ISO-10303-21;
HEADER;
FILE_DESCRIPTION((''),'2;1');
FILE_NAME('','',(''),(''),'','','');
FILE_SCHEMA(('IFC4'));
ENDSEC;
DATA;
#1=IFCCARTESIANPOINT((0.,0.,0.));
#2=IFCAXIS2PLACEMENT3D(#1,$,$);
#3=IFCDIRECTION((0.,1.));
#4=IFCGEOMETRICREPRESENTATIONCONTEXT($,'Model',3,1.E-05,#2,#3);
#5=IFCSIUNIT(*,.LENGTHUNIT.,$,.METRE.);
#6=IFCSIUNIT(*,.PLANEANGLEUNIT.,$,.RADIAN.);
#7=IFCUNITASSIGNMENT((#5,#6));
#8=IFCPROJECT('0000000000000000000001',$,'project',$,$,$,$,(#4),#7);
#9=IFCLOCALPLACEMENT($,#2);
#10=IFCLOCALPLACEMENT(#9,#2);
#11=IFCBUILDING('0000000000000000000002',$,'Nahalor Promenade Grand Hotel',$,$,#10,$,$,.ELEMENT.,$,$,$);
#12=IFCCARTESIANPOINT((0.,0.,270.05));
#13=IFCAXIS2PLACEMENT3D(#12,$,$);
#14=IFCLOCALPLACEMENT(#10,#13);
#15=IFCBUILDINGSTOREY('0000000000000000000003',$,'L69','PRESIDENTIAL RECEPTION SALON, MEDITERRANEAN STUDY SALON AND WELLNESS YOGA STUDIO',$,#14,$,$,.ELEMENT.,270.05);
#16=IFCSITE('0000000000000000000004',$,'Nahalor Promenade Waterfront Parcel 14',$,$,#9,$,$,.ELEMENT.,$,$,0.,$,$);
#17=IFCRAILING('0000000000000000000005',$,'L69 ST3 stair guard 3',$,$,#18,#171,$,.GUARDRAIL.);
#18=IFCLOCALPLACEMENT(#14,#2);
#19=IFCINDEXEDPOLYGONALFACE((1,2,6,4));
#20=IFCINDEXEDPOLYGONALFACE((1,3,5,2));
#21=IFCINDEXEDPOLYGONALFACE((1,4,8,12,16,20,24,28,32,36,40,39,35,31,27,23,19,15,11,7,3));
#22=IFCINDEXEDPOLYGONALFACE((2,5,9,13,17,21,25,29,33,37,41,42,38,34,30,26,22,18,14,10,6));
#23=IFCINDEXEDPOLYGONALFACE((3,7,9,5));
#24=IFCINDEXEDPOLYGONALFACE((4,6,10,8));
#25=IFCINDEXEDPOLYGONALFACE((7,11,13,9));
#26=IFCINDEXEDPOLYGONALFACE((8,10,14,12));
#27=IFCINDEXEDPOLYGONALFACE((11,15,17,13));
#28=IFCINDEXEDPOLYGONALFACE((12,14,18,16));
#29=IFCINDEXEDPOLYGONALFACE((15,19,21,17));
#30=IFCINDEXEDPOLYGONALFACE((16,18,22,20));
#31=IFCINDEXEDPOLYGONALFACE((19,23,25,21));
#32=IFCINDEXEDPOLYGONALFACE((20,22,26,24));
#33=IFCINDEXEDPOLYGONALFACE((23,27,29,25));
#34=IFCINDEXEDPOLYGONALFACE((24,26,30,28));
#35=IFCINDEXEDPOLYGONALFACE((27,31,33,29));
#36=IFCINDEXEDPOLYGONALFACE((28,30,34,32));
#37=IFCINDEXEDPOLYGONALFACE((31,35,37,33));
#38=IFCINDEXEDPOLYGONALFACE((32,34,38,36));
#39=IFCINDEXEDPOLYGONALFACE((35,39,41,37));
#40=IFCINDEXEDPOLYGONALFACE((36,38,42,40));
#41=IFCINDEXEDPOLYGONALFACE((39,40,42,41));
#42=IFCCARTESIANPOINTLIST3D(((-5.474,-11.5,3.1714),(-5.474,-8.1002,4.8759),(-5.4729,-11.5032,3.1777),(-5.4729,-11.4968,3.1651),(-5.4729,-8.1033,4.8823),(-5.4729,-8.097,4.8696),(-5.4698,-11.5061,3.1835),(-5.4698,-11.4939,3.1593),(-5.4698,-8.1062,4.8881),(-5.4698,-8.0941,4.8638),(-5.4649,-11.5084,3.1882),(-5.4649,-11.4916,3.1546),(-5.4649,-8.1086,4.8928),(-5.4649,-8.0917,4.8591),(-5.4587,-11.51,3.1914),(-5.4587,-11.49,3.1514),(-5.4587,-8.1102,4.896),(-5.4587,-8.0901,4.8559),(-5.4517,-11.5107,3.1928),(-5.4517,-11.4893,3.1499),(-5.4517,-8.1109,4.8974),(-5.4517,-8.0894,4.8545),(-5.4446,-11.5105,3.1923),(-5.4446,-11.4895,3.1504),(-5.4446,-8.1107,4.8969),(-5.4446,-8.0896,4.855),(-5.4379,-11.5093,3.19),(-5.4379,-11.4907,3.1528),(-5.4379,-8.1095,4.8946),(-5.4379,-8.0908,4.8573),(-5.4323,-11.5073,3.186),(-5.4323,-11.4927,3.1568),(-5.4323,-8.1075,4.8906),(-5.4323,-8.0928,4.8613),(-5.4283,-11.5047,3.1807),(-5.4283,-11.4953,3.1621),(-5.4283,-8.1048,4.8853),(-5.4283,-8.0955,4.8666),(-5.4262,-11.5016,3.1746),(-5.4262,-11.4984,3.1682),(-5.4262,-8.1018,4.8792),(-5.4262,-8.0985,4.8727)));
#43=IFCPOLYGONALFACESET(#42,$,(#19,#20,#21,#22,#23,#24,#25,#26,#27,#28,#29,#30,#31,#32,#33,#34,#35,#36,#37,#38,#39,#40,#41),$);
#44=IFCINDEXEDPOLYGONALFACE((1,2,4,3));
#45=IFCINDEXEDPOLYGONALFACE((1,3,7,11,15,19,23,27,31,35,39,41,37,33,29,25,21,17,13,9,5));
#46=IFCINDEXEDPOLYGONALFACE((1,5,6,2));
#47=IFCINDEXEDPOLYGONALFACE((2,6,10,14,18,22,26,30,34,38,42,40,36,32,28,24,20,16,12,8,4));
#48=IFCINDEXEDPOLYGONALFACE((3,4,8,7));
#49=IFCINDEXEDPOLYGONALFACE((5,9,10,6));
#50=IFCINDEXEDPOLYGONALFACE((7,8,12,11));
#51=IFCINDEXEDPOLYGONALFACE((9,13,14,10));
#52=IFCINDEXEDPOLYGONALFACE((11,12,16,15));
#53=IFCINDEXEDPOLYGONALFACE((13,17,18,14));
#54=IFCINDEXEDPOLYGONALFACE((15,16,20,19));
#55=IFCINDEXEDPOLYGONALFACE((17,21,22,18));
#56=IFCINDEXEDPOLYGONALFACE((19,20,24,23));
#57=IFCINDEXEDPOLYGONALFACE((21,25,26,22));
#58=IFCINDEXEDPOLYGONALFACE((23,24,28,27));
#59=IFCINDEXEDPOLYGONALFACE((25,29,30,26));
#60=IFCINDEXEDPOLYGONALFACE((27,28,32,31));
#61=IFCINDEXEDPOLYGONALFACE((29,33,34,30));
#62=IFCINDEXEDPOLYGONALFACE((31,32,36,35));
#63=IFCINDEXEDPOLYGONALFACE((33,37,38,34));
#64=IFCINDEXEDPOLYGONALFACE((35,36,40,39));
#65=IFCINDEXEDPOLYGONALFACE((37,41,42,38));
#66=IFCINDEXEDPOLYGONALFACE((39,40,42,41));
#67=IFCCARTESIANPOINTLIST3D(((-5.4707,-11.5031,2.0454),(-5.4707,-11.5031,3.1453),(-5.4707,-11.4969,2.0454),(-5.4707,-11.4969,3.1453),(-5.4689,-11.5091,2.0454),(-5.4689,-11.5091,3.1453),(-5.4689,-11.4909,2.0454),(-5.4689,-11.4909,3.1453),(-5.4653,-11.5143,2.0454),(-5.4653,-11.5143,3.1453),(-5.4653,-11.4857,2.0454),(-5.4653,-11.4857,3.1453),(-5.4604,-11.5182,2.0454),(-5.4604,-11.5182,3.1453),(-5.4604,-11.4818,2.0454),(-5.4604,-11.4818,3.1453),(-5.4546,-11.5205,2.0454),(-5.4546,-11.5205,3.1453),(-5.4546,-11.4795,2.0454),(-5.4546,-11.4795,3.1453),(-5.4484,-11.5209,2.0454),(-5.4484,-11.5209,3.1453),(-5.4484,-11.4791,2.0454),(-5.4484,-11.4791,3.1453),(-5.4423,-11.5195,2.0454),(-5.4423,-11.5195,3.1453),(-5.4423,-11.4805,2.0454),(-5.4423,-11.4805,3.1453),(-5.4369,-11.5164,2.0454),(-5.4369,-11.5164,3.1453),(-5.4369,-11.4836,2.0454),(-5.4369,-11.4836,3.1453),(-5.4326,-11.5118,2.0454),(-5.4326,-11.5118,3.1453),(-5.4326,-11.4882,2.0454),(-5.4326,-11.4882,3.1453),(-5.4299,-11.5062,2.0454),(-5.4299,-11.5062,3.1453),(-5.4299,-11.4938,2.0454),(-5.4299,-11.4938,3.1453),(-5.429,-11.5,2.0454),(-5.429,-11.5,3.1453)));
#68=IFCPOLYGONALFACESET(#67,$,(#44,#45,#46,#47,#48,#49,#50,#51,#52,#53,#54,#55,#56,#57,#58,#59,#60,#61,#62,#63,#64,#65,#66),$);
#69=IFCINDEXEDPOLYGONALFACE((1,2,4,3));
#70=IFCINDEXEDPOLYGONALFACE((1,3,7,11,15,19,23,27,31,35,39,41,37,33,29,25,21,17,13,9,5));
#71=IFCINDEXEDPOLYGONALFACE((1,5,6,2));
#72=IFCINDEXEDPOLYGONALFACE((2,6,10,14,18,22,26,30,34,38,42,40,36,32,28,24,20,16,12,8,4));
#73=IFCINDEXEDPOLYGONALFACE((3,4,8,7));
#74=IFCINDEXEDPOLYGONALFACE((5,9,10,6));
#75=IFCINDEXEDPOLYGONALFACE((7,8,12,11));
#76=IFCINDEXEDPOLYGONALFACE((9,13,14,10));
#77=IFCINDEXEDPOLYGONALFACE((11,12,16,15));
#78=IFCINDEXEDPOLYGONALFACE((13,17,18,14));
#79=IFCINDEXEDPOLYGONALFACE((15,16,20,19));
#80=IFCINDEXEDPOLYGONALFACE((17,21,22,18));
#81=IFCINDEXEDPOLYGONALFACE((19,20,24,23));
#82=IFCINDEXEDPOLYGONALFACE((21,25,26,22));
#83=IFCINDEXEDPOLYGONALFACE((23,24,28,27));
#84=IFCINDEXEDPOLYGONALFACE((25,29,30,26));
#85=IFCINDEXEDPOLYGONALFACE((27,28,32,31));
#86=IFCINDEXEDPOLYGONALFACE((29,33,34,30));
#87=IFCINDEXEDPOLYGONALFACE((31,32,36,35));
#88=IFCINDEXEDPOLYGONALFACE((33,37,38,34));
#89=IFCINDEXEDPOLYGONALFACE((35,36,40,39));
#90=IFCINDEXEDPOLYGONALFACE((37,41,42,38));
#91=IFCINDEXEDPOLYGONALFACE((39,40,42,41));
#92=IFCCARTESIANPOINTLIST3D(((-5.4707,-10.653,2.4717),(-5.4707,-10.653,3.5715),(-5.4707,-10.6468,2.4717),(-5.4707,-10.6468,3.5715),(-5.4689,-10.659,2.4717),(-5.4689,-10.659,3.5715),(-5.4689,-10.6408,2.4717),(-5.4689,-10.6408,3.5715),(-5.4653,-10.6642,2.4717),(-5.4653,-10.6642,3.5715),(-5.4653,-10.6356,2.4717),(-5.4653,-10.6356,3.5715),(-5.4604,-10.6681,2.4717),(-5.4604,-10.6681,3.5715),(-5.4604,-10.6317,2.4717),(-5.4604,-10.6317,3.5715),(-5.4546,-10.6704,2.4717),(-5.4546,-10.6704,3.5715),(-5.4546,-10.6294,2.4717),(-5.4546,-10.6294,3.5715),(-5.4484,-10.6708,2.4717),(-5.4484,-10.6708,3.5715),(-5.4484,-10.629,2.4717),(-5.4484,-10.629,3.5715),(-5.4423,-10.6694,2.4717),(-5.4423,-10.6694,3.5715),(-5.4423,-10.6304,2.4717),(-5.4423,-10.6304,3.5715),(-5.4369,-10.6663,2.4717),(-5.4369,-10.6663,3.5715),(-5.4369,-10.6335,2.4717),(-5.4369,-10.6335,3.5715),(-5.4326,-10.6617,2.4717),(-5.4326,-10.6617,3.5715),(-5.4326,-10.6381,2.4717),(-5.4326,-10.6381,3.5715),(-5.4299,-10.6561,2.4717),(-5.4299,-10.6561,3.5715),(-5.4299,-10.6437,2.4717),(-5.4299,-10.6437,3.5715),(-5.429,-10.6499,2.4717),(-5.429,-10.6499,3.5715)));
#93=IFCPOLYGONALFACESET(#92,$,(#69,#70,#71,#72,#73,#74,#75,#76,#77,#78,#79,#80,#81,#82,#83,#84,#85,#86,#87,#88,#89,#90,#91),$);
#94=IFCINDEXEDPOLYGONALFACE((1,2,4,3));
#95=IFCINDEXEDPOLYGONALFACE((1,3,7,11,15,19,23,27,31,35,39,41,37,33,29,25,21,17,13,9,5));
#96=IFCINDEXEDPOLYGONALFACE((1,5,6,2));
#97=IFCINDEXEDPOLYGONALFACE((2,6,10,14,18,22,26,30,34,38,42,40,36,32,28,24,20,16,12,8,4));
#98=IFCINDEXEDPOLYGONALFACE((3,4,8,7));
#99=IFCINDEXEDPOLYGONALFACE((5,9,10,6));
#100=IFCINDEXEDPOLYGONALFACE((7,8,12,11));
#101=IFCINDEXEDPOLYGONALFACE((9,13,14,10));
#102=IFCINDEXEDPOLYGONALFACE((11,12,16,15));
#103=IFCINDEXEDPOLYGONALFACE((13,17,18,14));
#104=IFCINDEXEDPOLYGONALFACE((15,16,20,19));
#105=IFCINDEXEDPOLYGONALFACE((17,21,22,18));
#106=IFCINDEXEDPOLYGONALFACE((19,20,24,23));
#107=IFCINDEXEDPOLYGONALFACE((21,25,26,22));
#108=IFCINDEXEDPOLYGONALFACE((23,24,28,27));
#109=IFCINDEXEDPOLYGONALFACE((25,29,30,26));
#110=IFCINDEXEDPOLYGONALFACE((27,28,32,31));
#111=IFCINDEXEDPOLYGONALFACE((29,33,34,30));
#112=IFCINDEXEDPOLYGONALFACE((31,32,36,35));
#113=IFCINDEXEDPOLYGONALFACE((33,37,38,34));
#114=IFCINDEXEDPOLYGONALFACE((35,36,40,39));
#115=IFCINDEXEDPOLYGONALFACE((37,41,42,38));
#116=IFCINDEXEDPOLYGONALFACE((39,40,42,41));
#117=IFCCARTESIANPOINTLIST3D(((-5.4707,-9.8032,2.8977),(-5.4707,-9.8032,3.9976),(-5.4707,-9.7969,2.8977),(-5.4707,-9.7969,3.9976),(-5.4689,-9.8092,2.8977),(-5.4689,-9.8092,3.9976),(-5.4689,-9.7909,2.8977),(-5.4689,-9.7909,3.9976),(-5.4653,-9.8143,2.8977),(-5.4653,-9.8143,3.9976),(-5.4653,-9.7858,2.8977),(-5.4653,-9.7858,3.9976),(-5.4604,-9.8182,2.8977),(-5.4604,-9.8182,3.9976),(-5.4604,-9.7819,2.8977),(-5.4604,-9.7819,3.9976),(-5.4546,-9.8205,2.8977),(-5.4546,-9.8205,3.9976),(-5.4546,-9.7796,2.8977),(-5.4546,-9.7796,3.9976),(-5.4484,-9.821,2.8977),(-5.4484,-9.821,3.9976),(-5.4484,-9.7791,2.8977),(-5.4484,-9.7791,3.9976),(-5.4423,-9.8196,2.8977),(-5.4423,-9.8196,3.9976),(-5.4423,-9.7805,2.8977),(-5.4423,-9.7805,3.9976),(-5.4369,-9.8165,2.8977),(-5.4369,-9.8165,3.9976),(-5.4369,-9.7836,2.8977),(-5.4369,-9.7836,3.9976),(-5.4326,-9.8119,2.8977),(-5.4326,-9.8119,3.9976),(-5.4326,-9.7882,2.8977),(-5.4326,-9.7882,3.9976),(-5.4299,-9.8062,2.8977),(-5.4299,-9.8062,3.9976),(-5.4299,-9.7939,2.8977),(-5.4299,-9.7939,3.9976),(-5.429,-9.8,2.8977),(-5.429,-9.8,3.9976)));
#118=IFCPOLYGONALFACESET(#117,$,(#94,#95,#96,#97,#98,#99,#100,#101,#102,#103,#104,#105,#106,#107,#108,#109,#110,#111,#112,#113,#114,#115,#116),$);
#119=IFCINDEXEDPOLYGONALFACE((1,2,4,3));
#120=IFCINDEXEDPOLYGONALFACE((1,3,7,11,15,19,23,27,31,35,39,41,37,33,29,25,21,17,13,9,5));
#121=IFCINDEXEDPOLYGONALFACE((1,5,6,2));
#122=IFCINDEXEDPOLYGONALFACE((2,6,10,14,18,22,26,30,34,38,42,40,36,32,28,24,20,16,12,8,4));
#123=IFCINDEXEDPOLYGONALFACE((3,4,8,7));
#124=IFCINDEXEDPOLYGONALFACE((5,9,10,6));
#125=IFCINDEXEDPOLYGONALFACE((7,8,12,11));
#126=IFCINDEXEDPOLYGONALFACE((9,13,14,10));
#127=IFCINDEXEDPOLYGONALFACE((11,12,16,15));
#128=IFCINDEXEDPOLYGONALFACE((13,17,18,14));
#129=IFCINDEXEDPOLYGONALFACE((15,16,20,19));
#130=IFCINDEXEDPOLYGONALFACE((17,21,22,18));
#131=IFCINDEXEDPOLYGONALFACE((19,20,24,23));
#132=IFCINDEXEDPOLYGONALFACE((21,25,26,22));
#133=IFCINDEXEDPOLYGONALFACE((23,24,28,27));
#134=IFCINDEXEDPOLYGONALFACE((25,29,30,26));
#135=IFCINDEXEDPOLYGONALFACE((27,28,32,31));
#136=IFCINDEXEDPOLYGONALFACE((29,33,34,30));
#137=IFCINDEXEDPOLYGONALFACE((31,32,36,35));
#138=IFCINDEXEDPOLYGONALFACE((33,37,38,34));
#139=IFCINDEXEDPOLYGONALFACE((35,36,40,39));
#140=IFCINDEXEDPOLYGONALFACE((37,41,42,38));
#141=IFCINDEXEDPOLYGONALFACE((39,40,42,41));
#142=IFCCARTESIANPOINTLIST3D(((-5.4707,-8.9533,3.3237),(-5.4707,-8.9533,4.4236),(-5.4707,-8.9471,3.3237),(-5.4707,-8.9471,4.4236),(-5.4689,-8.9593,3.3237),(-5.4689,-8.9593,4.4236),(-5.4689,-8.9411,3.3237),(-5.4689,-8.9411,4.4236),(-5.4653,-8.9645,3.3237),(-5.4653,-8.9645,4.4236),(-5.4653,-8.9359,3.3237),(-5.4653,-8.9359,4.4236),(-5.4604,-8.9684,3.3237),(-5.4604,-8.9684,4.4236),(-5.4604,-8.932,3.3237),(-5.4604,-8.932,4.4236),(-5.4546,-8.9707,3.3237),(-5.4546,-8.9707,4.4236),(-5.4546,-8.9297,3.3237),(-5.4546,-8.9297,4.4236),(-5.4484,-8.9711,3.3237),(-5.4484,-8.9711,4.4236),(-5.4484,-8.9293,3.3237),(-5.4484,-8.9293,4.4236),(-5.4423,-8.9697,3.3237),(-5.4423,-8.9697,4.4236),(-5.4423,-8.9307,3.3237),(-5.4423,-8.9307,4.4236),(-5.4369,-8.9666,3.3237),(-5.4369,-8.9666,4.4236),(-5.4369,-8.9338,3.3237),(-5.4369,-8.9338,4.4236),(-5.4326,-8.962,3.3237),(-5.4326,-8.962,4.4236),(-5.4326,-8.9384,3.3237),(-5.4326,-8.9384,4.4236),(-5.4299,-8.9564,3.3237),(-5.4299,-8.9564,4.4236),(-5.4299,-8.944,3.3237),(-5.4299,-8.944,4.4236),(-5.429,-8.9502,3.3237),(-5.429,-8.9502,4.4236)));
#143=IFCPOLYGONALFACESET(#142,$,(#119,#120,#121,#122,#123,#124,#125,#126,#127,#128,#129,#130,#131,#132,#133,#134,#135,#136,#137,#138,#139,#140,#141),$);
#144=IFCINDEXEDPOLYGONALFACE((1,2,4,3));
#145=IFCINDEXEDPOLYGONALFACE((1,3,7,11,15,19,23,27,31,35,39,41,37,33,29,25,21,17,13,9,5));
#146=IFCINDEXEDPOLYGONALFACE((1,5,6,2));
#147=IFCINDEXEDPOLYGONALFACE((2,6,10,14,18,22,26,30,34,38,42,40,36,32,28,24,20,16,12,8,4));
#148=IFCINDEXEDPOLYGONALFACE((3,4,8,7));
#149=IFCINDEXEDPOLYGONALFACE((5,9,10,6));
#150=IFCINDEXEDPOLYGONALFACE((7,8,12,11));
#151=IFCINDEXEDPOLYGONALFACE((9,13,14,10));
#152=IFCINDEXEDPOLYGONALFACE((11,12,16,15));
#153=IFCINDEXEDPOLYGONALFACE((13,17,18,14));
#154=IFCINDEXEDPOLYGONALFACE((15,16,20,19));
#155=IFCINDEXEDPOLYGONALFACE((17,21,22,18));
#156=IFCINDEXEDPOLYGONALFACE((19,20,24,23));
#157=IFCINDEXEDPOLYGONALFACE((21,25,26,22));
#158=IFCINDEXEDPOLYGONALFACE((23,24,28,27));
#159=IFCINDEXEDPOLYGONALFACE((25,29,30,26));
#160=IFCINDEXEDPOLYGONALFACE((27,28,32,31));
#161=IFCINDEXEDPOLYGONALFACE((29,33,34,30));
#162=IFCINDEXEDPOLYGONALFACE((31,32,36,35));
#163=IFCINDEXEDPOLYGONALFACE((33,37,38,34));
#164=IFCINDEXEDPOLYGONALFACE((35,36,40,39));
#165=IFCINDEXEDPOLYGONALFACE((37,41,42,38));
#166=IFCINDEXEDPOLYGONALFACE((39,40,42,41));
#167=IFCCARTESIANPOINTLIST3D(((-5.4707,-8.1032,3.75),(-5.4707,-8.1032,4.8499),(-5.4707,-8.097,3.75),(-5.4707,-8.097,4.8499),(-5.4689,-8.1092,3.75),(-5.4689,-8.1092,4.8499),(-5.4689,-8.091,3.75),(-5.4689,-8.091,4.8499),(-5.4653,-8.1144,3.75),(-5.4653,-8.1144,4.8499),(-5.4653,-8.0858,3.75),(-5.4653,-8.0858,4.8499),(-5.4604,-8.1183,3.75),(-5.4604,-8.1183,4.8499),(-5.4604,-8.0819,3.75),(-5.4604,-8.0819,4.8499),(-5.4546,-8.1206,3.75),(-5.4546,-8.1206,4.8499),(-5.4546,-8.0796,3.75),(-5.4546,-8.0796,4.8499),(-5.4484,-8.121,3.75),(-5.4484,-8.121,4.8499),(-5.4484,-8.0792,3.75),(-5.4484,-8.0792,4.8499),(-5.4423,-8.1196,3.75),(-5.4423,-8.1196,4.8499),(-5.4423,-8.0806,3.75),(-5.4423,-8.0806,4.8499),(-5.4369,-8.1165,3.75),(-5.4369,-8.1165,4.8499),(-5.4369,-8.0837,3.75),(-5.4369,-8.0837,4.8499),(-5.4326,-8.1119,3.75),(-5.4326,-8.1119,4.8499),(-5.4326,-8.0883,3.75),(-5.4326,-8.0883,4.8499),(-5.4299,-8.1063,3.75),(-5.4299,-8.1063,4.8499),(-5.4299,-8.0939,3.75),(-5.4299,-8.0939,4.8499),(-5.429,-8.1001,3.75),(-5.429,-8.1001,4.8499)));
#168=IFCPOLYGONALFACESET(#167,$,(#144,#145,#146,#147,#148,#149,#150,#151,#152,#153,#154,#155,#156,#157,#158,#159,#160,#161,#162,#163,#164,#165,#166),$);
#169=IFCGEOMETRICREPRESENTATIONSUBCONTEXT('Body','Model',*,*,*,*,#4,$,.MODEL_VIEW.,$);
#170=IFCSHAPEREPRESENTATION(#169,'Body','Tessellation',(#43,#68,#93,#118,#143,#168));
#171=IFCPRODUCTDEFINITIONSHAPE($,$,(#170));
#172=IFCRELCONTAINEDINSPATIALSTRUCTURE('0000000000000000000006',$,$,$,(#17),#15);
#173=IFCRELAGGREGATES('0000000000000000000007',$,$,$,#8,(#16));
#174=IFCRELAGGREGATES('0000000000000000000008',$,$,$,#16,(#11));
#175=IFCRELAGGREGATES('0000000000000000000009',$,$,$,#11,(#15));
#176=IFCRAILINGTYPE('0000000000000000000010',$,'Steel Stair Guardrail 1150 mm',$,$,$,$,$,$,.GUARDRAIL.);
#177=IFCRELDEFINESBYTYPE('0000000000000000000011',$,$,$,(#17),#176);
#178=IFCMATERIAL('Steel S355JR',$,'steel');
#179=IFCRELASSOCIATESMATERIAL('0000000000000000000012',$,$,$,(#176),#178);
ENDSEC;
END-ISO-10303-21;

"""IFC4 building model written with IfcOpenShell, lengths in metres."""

from ifc_helpers import new_model, si_unit, direction, frame, origin, origin_2d, place, context, subcontext, project, spatial, circle, extrude, material, type_object, element, save


model = new_model("IFC4")

# Units and contexts
model_context = context("Model", 3, precision=1e-05, world=origin(), true_north=direction((0.0, 1.0)))
body_context = subcontext(model_context, "Body", "Model", "MODEL_VIEW")
ifc_project = project(units=[si_unit("LENGTHUNIT", "METRE"), si_unit("PLANEANGLEUNIT", "RADIAN")], contexts=[model_context])

# Site, building, storey
site_placement = place(None, origin())
site = spatial("IfcSite", under=ifc_project, at=site_placement, Name="Nahalor Promenade Waterfront Parcel 14", CompositionType="ELEMENT", RefElevation=0.0)
building_placement = place(site_placement, origin())
building = spatial("IfcBuilding", under=site, at=building_placement, Name="Nahalor Promenade Grand Hotel", CompositionType="ELEMENT")
storey_placement = place(building_placement, frame((0.0, 0.0, 270.05)))
storey = spatial("IfcBuildingStorey", under=building, at=storey_placement, Name="L69", Description="PRESIDENTIAL RECEPTION SALON, MEDITERRANEAN STUDY SALON AND WELLNESS YOGA STUDIO", CompositionType="ELEMENT", Elevation=270.05)

# Shared definitions
ifc_material_1 = material(Name="Steel S355JR", Category="steel")

# Railing
railing_type_1 = type_object("IfcRailingType", Name="Steel Stair Guardrail 1150 mm", PredefinedType="GUARDRAIL", material=ifc_material_1)
railing_1_placement = place(storey_placement, frame((-5.45, -11.5, 2.0454)))
element("IfcRailing", 1, at=railing_1_placement, inside=storey, type_object=railing_type_1, Name="L69 ST3 stair guard 3", PredefinedType="GUARDRAIL", context=body_context, shape_type="SweptSolid", body=[
    extrude(circle(Radius=0.024, at=origin_2d()), frame((0.0, 0.0, 1.126), z_axis=(0.0, 0.893939, 0.448189), x_axis=(-1.0, 0.0, 0.0)), (0.0, 0.0, 1.0), 3.8032),
    extrude(circle(Radius=0.021, at=origin_2d()), origin(), (0.0, 0.0, 1.0), 1.0999),
    extrude(circle(Radius=0.021, at=origin_2d()), frame((0.0, 0.8501, 0.4263)), (0.0, 0.0, 1.0), 1.0999),
    extrude(circle(Radius=0.021, at=origin_2d()), frame((0.0, 1.7, 0.8523)), (0.0, 0.0, 1.0), 1.0999),
    extrude(circle(Radius=0.021, at=origin_2d()), frame((0.0, 2.5498, 1.2783)), (0.0, 0.0, 1.0), 1.0999),
    extrude(circle(Radius=0.021, at=origin_2d()), frame((0.0, 3.3999, 1.7046)), (0.0, 0.0, 1.0), 1.0999),
])

save(model, "model.ifc")
